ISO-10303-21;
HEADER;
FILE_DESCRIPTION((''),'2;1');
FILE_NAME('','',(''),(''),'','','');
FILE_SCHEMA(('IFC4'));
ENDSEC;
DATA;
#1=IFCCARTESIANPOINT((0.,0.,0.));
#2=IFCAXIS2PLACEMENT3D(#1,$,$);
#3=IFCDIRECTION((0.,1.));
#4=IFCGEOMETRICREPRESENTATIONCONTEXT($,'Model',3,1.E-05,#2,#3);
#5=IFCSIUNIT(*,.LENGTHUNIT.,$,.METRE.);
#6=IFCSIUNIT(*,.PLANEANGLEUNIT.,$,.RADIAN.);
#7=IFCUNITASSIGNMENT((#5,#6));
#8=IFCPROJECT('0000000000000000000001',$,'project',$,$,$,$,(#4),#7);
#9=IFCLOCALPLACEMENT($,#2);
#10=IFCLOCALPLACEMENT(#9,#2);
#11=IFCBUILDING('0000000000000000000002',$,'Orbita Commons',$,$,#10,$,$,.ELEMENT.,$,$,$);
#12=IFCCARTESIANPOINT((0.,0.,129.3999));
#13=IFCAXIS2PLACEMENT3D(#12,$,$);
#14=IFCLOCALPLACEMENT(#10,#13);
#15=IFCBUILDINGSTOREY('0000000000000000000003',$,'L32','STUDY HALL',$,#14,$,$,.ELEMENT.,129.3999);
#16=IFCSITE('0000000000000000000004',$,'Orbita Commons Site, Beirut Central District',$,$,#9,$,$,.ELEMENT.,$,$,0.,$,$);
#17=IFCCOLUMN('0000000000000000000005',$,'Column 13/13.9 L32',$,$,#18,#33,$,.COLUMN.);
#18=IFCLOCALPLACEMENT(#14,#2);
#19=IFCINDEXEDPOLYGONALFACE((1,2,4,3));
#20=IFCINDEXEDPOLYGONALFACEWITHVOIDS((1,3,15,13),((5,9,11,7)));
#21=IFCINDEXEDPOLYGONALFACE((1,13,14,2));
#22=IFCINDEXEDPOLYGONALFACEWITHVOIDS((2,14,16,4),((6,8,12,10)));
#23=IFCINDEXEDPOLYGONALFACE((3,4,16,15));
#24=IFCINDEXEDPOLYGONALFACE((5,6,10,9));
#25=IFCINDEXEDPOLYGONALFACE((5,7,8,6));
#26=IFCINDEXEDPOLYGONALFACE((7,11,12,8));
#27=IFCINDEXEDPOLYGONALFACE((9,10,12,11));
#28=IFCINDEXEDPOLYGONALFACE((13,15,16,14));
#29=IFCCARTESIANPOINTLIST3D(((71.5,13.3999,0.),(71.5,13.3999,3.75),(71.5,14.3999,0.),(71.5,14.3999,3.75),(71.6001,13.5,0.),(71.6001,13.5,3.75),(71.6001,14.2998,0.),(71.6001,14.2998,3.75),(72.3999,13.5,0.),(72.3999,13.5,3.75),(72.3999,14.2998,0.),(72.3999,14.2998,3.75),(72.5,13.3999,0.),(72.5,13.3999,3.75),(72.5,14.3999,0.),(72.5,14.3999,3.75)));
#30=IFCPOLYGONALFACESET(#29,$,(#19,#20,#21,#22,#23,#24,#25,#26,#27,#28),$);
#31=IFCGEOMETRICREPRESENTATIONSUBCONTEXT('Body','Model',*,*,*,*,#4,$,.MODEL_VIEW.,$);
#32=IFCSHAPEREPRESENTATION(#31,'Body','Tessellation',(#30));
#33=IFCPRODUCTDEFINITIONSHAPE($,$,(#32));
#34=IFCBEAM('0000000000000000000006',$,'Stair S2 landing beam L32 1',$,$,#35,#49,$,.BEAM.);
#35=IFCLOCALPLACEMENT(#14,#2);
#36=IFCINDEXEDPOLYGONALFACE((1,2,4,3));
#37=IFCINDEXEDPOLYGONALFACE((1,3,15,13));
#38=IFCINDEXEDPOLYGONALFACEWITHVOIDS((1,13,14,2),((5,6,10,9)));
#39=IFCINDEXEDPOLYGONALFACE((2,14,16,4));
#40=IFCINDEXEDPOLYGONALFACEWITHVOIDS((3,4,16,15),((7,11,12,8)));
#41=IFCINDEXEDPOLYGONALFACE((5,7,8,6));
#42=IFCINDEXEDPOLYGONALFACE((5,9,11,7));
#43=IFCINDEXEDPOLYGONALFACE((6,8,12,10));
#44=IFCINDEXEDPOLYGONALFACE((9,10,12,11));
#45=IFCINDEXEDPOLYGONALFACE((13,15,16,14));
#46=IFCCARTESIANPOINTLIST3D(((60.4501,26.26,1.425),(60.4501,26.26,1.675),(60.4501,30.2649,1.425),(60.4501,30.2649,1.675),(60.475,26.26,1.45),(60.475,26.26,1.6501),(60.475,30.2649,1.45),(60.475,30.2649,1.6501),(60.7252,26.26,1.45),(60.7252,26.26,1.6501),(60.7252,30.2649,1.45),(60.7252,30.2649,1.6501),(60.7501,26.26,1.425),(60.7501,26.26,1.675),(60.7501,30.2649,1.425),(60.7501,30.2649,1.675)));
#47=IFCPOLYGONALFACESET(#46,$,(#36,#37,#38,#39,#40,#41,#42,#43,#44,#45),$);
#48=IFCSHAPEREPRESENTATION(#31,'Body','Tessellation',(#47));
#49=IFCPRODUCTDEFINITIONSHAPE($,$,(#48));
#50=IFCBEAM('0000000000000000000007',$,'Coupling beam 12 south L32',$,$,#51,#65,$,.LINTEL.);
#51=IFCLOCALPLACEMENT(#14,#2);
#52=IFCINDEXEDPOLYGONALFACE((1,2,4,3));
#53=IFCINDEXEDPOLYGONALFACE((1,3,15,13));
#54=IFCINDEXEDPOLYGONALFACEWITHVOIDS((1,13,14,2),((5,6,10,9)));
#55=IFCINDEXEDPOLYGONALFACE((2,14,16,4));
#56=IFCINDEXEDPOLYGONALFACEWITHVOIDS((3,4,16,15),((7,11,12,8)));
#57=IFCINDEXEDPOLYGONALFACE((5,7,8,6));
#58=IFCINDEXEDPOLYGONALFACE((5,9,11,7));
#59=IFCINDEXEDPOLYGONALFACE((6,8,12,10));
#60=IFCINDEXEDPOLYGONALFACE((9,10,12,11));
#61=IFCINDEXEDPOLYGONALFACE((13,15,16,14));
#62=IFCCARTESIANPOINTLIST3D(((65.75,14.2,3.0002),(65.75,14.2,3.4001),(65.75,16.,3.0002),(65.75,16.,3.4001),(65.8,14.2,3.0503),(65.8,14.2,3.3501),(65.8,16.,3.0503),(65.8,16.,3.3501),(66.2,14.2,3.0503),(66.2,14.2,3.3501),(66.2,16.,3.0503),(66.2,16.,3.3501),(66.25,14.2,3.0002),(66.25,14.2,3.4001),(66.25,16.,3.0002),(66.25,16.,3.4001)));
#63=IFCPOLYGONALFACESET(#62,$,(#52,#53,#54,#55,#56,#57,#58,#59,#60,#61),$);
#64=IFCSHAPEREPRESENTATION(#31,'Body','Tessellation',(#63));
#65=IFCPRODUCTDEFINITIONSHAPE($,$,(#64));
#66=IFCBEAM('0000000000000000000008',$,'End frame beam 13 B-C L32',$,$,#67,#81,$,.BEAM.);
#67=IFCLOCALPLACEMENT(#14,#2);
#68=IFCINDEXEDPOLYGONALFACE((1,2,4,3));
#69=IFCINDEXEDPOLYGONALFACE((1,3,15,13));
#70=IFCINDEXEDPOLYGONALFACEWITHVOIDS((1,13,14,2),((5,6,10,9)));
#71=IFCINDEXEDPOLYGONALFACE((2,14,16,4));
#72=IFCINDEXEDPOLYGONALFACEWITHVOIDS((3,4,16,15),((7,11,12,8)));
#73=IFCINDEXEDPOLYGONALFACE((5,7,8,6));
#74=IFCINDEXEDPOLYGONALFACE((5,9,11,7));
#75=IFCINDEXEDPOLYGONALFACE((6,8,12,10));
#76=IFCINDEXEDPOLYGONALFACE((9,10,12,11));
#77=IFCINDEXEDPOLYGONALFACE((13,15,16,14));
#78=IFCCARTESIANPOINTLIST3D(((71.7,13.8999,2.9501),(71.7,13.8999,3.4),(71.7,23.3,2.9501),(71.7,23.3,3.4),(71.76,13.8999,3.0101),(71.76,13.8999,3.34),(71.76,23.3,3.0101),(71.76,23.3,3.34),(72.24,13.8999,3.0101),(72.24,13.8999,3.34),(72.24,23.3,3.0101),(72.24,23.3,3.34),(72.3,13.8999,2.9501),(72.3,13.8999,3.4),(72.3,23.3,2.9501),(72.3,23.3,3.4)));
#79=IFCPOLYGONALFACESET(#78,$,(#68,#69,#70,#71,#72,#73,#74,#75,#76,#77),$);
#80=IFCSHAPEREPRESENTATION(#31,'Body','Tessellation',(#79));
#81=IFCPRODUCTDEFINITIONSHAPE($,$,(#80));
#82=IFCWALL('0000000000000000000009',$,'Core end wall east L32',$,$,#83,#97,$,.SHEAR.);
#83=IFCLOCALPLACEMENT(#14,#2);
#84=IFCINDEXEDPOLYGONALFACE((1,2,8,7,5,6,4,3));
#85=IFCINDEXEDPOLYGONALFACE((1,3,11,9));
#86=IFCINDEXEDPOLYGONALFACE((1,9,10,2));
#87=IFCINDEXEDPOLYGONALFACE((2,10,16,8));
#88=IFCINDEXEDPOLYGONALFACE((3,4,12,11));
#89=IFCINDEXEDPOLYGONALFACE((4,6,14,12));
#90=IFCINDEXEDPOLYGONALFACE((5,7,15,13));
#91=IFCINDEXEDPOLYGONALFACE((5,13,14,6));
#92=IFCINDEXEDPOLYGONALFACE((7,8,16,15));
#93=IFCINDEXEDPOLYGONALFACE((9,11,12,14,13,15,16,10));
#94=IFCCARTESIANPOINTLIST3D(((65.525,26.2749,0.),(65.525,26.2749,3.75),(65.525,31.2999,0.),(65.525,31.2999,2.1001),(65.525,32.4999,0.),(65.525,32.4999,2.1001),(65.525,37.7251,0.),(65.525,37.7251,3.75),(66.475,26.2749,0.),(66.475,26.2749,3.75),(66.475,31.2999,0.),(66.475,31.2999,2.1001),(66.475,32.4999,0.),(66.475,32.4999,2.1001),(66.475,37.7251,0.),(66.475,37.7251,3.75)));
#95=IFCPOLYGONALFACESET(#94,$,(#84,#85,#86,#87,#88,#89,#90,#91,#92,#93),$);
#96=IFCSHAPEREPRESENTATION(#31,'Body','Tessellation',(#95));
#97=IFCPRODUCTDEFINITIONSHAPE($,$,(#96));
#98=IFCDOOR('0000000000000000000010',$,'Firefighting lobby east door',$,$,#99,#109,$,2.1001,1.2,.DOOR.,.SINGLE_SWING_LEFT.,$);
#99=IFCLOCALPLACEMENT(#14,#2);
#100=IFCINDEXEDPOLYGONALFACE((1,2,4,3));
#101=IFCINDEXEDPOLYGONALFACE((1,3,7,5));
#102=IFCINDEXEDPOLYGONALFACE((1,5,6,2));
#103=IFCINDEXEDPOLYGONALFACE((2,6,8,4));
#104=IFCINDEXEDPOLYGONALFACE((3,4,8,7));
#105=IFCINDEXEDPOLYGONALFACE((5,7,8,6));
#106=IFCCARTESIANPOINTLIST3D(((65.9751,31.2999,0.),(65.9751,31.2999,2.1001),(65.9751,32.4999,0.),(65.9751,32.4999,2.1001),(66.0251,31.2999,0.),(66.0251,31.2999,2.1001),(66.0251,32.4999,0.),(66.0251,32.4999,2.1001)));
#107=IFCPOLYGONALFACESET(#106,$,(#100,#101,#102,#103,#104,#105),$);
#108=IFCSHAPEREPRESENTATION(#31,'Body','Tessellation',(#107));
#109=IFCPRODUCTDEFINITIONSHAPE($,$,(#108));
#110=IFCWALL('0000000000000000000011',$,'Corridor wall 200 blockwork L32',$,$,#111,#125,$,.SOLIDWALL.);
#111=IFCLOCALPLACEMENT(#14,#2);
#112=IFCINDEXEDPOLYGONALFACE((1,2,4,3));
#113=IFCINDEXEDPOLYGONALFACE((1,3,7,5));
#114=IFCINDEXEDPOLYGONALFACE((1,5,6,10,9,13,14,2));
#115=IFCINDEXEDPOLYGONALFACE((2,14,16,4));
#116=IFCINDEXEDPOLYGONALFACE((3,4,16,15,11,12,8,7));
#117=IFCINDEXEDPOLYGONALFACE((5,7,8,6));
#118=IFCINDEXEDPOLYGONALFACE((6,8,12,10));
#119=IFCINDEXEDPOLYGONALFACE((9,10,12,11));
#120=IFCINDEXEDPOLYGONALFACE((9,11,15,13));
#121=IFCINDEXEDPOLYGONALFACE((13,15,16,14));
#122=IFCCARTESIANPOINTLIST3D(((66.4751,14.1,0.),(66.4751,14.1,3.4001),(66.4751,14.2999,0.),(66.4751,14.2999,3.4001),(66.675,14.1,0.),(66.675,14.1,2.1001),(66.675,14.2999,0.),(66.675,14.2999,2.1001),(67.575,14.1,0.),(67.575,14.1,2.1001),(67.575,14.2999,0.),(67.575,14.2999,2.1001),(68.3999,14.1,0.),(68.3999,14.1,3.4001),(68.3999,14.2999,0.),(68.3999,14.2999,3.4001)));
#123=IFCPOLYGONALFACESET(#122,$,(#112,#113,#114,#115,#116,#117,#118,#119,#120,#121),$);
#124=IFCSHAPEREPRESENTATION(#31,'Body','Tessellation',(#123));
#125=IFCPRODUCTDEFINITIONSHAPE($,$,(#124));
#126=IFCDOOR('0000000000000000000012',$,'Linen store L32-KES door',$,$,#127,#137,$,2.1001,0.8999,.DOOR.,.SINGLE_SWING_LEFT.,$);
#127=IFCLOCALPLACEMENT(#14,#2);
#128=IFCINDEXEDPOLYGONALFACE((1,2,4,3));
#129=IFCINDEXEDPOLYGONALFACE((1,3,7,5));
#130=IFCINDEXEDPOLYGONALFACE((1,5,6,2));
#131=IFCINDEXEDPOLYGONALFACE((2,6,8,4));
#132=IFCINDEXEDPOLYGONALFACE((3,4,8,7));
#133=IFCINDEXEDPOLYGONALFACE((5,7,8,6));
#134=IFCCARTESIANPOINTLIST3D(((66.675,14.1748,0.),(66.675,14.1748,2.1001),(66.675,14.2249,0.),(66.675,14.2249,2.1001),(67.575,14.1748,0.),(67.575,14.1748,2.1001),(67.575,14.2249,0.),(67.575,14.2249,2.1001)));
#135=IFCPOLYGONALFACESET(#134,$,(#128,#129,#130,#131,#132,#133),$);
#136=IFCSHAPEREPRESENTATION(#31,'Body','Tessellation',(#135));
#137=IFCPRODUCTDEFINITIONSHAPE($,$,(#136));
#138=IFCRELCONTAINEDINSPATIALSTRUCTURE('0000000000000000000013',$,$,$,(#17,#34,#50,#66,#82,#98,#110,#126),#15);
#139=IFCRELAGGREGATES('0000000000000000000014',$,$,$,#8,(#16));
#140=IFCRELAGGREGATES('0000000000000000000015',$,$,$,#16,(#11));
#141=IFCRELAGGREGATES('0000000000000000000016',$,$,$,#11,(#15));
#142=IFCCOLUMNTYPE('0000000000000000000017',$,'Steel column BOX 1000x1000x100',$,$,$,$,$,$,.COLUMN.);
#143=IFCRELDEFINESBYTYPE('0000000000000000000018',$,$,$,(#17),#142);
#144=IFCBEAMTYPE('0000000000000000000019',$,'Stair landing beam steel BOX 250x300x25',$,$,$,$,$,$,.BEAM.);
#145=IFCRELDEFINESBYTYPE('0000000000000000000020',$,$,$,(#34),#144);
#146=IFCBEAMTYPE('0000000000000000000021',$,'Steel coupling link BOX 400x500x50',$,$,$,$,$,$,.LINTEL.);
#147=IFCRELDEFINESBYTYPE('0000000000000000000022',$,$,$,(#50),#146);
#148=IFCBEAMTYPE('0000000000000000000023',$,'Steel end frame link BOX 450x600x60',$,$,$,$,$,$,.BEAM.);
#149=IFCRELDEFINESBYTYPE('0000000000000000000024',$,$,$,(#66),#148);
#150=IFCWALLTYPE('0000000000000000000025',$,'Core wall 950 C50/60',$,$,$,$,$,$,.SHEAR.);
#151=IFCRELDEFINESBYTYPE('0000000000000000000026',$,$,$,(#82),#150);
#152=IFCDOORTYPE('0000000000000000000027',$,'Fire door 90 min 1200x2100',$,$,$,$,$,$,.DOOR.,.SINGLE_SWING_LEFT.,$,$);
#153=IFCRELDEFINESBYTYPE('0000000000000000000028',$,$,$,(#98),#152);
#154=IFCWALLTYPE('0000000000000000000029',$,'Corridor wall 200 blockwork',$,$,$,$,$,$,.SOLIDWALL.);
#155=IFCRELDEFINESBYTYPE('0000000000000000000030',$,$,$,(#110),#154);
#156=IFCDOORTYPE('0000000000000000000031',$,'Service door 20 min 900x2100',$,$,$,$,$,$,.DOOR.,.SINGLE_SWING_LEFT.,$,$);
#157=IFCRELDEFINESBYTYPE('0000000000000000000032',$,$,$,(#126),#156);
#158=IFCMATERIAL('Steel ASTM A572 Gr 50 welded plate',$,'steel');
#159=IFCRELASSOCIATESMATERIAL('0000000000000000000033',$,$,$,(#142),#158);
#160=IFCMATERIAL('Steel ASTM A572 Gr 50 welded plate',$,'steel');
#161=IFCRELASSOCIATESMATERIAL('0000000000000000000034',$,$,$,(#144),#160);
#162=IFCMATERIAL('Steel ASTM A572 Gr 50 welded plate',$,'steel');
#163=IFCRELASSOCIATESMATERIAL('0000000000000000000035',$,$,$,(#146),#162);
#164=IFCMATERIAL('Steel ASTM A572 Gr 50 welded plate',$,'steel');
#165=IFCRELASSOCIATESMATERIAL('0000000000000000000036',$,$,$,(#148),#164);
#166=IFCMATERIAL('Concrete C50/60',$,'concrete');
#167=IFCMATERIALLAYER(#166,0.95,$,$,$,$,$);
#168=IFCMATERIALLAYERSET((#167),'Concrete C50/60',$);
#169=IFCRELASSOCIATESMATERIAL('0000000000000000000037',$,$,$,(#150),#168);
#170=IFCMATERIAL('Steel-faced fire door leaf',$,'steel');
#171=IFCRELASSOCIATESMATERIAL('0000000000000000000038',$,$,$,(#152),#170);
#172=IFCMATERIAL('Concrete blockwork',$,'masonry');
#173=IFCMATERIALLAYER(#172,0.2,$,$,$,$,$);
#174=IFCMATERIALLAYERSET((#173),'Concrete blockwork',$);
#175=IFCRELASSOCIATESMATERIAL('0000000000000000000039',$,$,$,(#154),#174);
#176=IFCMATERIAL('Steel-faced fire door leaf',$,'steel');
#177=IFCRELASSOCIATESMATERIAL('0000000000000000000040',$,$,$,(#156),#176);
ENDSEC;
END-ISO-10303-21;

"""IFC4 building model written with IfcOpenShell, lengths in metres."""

from ifc_helpers import new_model, si_unit, direction, frame, frame_2d, origin, origin_2d, place, context, subcontext, project, spatial, rectangle, hollow_rectangle, extrude, material, layer, layer_set, material_profile, profile_set, type_object, element, fill, save


model = new_model("IFC4")

# Units and contexts
model_context = context("Model", 3, precision=1e-05, world=origin(), true_north=direction((0.0, 1.0)))
body_context = subcontext(model_context, "Body", "Model", "MODEL_VIEW")
ifc_project = project(units=[si_unit("LENGTHUNIT", "METRE"), si_unit("PLANEANGLEUNIT", "RADIAN")], contexts=[model_context])

# Site, building, storey
site_placement = place(None, origin())
site = spatial("IfcSite", under=ifc_project, at=site_placement, Name="Orbita Commons Site, Beirut Central District", CompositionType="ELEMENT", RefElevation=0.0)
building_placement = place(site_placement, origin())
building = spatial("IfcBuilding", under=site, at=building_placement, Name="Orbita Commons", CompositionType="ELEMENT")
storey_placement = place(building_placement, frame((0.0, 0.0, 129.3999)))
storey = spatial("IfcBuildingStorey", under=building, at=storey_placement, Name="L32", Description="STUDY HALL", CompositionType="ELEMENT", Elevation=129.3999)

# Column
ifc_material_1 = material(Name="Steel ASTM A572 Gr 50 welded plate", Category="steel")
ifc_material_profile_1 = material_profile(ifc_material_1, hollow_rectangle(XDim=1.0, YDim=1.0, WallThickness=0.1001, at=origin_2d()), Name="BOX 1000x1000x100")
ifc_profile_set_1 = profile_set([ifc_material_profile_1], Name="Steel ASTM A572 Gr 50 welded plate")
column_type = type_object("IfcColumnType", Name="Steel column BOX 1000x1000x100", PredefinedType="COLUMN", material=ifc_profile_set_1)
column_placement = place(storey_placement, frame((72.0, 13.8999, 0.0), z_axis=(0.0, 0.0, 1.0), x_axis=(1.0, 0.0, 0.0)))
element("IfcColumn", 1, at=column_placement, inside=storey, type_object=column_type, Name="Column 13/13.9 L32", PredefinedType="COLUMN", context=body_context, shape_type="SweptSolid", body=[
    extrude(hollow_rectangle(XDim=1.0, YDim=1.0, WallThickness=0.1001, at=origin_2d()), origin(), (0.0, 0.0, 1.0), 3.75),
])

# Beams
ifc_material_2 = material(Name="Steel ASTM A572 Gr 50 welded plate", Category="steel")
ifc_material_profile_2 = material_profile(ifc_material_2, hollow_rectangle(XDim=0.3, YDim=0.25, WallThickness=0.0249, at=origin_2d()), Name="BOX 250x300x25")
ifc_profile_set_2 = profile_set([ifc_material_profile_2], Name="Steel ASTM A572 Gr 50 welded plate")
beam_type_1 = type_object("IfcBeamType", Name="Stair landing beam steel BOX 250x300x25", PredefinedType="BEAM", material=ifc_profile_set_2)
beam_1_placement = place(storey_placement, frame((60.6001, 26.26, 1.55), z_axis=(0.0, 1.0, 0.0), x_axis=(-1.0, 0.0, 0.0)))
element("IfcBeam", 2, at=beam_1_placement, inside=storey, type_object=beam_type_1, Name="Stair S2 landing beam L32 1", PredefinedType="BEAM", context=body_context, shape_type="SweptSolid", body=[
    extrude(hollow_rectangle(XDim=0.3, YDim=0.25, WallThickness=0.0249, at=origin_2d()), origin(), (0.0, 0.0, 1.0), 4.0049),
])
ifc_material_3 = material(Name="Steel ASTM A572 Gr 50 welded plate", Category="steel")
ifc_material_profile_3 = material_profile(ifc_material_3, hollow_rectangle(XDim=0.5, YDim=0.3999, WallThickness=0.05, at=origin_2d()), Name="BOX 400x500x50")
ifc_profile_set_3 = profile_set([ifc_material_profile_3], Name="Steel ASTM A572 Gr 50 welded plate")
beam_type_2 = type_object("IfcBeamType", Name="Steel coupling link BOX 400x500x50", PredefinedType="LINTEL", material=ifc_profile_set_3)
beam_2_placement = place(storey_placement, frame((66.0, 14.2, 3.2002), z_axis=(0.0, 1.0, 0.0), x_axis=(-1.0, 0.0, 0.0)))
element("IfcBeam", 3, at=beam_2_placement, inside=storey, type_object=beam_type_2, Name="Coupling beam 12 south L32", PredefinedType="LINTEL", context=body_context, shape_type="SweptSolid", body=[
    extrude(hollow_rectangle(XDim=0.5, YDim=0.3999, WallThickness=0.05, at=origin_2d()), origin(), (0.0, 0.0, 1.0), 1.8),
])
ifc_material_4 = material(Name="Steel ASTM A572 Gr 50 welded plate", Category="steel")
ifc_material_profile_4 = material_profile(ifc_material_4, hollow_rectangle(XDim=0.6001, YDim=0.45, WallThickness=0.0601, at=origin_2d()), Name="BOX 450x600x60")
ifc_profile_set_4 = profile_set([ifc_material_profile_4], Name="Steel ASTM A572 Gr 50 welded plate")
beam_type_3 = type_object("IfcBeamType", Name="Steel end frame link BOX 450x600x60", PredefinedType="BEAM", material=ifc_profile_set_4)
beam_3_placement = place(storey_placement, frame((72.0, 13.8999, 3.175), z_axis=(0.0, 1.0, 0.0), x_axis=(-1.0, 0.0, 0.0)))
element("IfcBeam", 4, at=beam_3_placement, inside=storey, type_object=beam_type_3, Name="End frame beam 13 B-C L32", PredefinedType="BEAM", context=body_context, shape_type="SweptSolid", body=[
    extrude(hollow_rectangle(XDim=0.6001, YDim=0.45, WallThickness=0.0601, at=origin_2d()), origin(), (0.0, 0.0, 1.0), 9.4001),
])

# Walls, openings, doors
ifc_material_5 = material(Name="Concrete C50/60", Category="concrete")
ifc_layer_1 = layer(ifc_material_5, 0.95)
ifc_layer_set_1 = layer_set([ifc_layer_1], Name="Concrete C50/60")
wall_type_1 = type_object("IfcWallType", Name="Core wall 950 C50/60", PredefinedType="SHEAR", material=ifc_layer_set_1)
wall_1_placement = place(storey_placement, frame((66.0, 26.2749, 0.0), z_axis=(0.0, 0.0, 1.0), x_axis=(0.0, 1.0, 0.0)))
wall_1 = element("IfcWall", 5, at=wall_1_placement, inside=storey, type_object=wall_type_1, Name="Core end wall east L32", PredefinedType="SHEAR", context=body_context, shape_type="SweptSolid", body=[
    extrude(rectangle(XDim=11.4502, YDim=0.95, at=frame_2d((5.7251, 0.0))), origin(), (0.0, 0.0, 1.0), 3.75),
])
opening_1_placement = place(wall_1_placement, frame((5.0249, 0.0, 0.0)))
opening_1 = element("IfcOpeningElement", 6, at=opening_1_placement, cuts=wall_1, PredefinedType="OPENING", context=body_context, shape_type="SweptSolid", body=[
    extrude(rectangle(XDim=1.2, YDim=2.1001, at=frame_2d((0.6001, 1.05))), frame((0.0, 0.4849, 0.0), z_axis=(0.0, -1.0, 0.0), x_axis=(1.0, 0.0, 0.0)), (0.0, 0.0, 1.0), 0.97),
])
ifc_material_6 = material(Name="Steel-faced fire door leaf", Category="steel")
door_type_1 = type_object("IfcDoorType", Name="Fire door 90 min 1200x2100", OperationType="SINGLE_SWING_LEFT", PredefinedType="DOOR", material=ifc_material_6)
door_1_placement = place(opening_1_placement, origin())
door_1 = element("IfcDoor", 7, at=door_1_placement, inside=storey, type_object=door_type_1, Name="Firefighting lobby east door", OperationType="SINGLE_SWING_LEFT", OverallHeight=2.1001, OverallWidth=1.2, PredefinedType="DOOR", context=body_context, shape_type="SweptSolid", body=[
    extrude(rectangle(XDim=1.2, YDim=2.1001, at=frame_2d((0.6001, 1.05))), frame((0.0, 0.0249, 0.0), z_axis=(0.0, -1.0, 0.0), x_axis=(1.0, 0.0, 0.0)), (0.0, 0.0, 1.0), 0.05),
])
fill(opening_1, door_1)
ifc_material_7 = material(Name="Concrete blockwork", Category="masonry")
ifc_layer_2 = layer(ifc_material_7, 0.2)
ifc_layer_set_2 = layer_set([ifc_layer_2], Name="Concrete blockwork")
wall_type_2 = type_object("IfcWallType", Name="Corridor wall 200 blockwork", PredefinedType="SOLIDWALL", material=ifc_layer_set_2)
wall_2_placement = place(storey_placement, frame((66.4751, 14.2, 0.0), z_axis=(0.0, 0.0, 1.0), x_axis=(1.0, 0.0, 0.0)))
wall_2 = element("IfcWall", 8, at=wall_2_placement, inside=storey, type_object=wall_type_2, Name="Corridor wall 200 blockwork L32", PredefinedType="SOLIDWALL", context=body_context, shape_type="SweptSolid", body=[
    extrude(rectangle(XDim=1.9248, YDim=0.2, at=frame_2d((0.9624, 0.0))), origin(), (0.0, 0.0, 1.0), 3.4001),
])
opening_2_placement = place(wall_2_placement, frame((0.2, 0.0, 0.0)))
opening_2 = element("IfcOpeningElement", 9, at=opening_2_placement, cuts=wall_2, PredefinedType="OPENING", context=body_context, shape_type="SweptSolid", body=[
    extrude(rectangle(XDim=0.8999, YDim=2.1001, at=frame_2d((0.45, 1.05))), frame((0.0, 0.1099, 0.0), z_axis=(0.0, -1.0, 0.0), x_axis=(1.0, 0.0, 0.0)), (0.0, 0.0, 1.0), 0.22),
])
ifc_material_8 = material(Name="Steel-faced fire door leaf", Category="steel")
door_type_2 = type_object("IfcDoorType", Name="Service door 20 min 900x2100", OperationType="SINGLE_SWING_LEFT", PredefinedType="DOOR", material=ifc_material_8)
door_2_placement = place(opening_2_placement, origin())
door_2 = element("IfcDoor", 10, at=door_2_placement, inside=storey, type_object=door_type_2, Name="Linen store L32-KES door", OperationType="SINGLE_SWING_LEFT", OverallHeight=2.1001, OverallWidth=0.8999, PredefinedType="DOOR", context=body_context, shape_type="SweptSolid", body=[
    extrude(rectangle(XDim=0.8999, YDim=2.1001, at=frame_2d((0.45, 1.05))), frame((0.0, 0.0249, 0.0), z_axis=(0.0, -1.0, 0.0), x_axis=(1.0, 0.0, 0.0)), (0.0, 0.0, 1.0), 0.05),
])
fill(opening_2, door_2)

save(model, "model.ifc")
